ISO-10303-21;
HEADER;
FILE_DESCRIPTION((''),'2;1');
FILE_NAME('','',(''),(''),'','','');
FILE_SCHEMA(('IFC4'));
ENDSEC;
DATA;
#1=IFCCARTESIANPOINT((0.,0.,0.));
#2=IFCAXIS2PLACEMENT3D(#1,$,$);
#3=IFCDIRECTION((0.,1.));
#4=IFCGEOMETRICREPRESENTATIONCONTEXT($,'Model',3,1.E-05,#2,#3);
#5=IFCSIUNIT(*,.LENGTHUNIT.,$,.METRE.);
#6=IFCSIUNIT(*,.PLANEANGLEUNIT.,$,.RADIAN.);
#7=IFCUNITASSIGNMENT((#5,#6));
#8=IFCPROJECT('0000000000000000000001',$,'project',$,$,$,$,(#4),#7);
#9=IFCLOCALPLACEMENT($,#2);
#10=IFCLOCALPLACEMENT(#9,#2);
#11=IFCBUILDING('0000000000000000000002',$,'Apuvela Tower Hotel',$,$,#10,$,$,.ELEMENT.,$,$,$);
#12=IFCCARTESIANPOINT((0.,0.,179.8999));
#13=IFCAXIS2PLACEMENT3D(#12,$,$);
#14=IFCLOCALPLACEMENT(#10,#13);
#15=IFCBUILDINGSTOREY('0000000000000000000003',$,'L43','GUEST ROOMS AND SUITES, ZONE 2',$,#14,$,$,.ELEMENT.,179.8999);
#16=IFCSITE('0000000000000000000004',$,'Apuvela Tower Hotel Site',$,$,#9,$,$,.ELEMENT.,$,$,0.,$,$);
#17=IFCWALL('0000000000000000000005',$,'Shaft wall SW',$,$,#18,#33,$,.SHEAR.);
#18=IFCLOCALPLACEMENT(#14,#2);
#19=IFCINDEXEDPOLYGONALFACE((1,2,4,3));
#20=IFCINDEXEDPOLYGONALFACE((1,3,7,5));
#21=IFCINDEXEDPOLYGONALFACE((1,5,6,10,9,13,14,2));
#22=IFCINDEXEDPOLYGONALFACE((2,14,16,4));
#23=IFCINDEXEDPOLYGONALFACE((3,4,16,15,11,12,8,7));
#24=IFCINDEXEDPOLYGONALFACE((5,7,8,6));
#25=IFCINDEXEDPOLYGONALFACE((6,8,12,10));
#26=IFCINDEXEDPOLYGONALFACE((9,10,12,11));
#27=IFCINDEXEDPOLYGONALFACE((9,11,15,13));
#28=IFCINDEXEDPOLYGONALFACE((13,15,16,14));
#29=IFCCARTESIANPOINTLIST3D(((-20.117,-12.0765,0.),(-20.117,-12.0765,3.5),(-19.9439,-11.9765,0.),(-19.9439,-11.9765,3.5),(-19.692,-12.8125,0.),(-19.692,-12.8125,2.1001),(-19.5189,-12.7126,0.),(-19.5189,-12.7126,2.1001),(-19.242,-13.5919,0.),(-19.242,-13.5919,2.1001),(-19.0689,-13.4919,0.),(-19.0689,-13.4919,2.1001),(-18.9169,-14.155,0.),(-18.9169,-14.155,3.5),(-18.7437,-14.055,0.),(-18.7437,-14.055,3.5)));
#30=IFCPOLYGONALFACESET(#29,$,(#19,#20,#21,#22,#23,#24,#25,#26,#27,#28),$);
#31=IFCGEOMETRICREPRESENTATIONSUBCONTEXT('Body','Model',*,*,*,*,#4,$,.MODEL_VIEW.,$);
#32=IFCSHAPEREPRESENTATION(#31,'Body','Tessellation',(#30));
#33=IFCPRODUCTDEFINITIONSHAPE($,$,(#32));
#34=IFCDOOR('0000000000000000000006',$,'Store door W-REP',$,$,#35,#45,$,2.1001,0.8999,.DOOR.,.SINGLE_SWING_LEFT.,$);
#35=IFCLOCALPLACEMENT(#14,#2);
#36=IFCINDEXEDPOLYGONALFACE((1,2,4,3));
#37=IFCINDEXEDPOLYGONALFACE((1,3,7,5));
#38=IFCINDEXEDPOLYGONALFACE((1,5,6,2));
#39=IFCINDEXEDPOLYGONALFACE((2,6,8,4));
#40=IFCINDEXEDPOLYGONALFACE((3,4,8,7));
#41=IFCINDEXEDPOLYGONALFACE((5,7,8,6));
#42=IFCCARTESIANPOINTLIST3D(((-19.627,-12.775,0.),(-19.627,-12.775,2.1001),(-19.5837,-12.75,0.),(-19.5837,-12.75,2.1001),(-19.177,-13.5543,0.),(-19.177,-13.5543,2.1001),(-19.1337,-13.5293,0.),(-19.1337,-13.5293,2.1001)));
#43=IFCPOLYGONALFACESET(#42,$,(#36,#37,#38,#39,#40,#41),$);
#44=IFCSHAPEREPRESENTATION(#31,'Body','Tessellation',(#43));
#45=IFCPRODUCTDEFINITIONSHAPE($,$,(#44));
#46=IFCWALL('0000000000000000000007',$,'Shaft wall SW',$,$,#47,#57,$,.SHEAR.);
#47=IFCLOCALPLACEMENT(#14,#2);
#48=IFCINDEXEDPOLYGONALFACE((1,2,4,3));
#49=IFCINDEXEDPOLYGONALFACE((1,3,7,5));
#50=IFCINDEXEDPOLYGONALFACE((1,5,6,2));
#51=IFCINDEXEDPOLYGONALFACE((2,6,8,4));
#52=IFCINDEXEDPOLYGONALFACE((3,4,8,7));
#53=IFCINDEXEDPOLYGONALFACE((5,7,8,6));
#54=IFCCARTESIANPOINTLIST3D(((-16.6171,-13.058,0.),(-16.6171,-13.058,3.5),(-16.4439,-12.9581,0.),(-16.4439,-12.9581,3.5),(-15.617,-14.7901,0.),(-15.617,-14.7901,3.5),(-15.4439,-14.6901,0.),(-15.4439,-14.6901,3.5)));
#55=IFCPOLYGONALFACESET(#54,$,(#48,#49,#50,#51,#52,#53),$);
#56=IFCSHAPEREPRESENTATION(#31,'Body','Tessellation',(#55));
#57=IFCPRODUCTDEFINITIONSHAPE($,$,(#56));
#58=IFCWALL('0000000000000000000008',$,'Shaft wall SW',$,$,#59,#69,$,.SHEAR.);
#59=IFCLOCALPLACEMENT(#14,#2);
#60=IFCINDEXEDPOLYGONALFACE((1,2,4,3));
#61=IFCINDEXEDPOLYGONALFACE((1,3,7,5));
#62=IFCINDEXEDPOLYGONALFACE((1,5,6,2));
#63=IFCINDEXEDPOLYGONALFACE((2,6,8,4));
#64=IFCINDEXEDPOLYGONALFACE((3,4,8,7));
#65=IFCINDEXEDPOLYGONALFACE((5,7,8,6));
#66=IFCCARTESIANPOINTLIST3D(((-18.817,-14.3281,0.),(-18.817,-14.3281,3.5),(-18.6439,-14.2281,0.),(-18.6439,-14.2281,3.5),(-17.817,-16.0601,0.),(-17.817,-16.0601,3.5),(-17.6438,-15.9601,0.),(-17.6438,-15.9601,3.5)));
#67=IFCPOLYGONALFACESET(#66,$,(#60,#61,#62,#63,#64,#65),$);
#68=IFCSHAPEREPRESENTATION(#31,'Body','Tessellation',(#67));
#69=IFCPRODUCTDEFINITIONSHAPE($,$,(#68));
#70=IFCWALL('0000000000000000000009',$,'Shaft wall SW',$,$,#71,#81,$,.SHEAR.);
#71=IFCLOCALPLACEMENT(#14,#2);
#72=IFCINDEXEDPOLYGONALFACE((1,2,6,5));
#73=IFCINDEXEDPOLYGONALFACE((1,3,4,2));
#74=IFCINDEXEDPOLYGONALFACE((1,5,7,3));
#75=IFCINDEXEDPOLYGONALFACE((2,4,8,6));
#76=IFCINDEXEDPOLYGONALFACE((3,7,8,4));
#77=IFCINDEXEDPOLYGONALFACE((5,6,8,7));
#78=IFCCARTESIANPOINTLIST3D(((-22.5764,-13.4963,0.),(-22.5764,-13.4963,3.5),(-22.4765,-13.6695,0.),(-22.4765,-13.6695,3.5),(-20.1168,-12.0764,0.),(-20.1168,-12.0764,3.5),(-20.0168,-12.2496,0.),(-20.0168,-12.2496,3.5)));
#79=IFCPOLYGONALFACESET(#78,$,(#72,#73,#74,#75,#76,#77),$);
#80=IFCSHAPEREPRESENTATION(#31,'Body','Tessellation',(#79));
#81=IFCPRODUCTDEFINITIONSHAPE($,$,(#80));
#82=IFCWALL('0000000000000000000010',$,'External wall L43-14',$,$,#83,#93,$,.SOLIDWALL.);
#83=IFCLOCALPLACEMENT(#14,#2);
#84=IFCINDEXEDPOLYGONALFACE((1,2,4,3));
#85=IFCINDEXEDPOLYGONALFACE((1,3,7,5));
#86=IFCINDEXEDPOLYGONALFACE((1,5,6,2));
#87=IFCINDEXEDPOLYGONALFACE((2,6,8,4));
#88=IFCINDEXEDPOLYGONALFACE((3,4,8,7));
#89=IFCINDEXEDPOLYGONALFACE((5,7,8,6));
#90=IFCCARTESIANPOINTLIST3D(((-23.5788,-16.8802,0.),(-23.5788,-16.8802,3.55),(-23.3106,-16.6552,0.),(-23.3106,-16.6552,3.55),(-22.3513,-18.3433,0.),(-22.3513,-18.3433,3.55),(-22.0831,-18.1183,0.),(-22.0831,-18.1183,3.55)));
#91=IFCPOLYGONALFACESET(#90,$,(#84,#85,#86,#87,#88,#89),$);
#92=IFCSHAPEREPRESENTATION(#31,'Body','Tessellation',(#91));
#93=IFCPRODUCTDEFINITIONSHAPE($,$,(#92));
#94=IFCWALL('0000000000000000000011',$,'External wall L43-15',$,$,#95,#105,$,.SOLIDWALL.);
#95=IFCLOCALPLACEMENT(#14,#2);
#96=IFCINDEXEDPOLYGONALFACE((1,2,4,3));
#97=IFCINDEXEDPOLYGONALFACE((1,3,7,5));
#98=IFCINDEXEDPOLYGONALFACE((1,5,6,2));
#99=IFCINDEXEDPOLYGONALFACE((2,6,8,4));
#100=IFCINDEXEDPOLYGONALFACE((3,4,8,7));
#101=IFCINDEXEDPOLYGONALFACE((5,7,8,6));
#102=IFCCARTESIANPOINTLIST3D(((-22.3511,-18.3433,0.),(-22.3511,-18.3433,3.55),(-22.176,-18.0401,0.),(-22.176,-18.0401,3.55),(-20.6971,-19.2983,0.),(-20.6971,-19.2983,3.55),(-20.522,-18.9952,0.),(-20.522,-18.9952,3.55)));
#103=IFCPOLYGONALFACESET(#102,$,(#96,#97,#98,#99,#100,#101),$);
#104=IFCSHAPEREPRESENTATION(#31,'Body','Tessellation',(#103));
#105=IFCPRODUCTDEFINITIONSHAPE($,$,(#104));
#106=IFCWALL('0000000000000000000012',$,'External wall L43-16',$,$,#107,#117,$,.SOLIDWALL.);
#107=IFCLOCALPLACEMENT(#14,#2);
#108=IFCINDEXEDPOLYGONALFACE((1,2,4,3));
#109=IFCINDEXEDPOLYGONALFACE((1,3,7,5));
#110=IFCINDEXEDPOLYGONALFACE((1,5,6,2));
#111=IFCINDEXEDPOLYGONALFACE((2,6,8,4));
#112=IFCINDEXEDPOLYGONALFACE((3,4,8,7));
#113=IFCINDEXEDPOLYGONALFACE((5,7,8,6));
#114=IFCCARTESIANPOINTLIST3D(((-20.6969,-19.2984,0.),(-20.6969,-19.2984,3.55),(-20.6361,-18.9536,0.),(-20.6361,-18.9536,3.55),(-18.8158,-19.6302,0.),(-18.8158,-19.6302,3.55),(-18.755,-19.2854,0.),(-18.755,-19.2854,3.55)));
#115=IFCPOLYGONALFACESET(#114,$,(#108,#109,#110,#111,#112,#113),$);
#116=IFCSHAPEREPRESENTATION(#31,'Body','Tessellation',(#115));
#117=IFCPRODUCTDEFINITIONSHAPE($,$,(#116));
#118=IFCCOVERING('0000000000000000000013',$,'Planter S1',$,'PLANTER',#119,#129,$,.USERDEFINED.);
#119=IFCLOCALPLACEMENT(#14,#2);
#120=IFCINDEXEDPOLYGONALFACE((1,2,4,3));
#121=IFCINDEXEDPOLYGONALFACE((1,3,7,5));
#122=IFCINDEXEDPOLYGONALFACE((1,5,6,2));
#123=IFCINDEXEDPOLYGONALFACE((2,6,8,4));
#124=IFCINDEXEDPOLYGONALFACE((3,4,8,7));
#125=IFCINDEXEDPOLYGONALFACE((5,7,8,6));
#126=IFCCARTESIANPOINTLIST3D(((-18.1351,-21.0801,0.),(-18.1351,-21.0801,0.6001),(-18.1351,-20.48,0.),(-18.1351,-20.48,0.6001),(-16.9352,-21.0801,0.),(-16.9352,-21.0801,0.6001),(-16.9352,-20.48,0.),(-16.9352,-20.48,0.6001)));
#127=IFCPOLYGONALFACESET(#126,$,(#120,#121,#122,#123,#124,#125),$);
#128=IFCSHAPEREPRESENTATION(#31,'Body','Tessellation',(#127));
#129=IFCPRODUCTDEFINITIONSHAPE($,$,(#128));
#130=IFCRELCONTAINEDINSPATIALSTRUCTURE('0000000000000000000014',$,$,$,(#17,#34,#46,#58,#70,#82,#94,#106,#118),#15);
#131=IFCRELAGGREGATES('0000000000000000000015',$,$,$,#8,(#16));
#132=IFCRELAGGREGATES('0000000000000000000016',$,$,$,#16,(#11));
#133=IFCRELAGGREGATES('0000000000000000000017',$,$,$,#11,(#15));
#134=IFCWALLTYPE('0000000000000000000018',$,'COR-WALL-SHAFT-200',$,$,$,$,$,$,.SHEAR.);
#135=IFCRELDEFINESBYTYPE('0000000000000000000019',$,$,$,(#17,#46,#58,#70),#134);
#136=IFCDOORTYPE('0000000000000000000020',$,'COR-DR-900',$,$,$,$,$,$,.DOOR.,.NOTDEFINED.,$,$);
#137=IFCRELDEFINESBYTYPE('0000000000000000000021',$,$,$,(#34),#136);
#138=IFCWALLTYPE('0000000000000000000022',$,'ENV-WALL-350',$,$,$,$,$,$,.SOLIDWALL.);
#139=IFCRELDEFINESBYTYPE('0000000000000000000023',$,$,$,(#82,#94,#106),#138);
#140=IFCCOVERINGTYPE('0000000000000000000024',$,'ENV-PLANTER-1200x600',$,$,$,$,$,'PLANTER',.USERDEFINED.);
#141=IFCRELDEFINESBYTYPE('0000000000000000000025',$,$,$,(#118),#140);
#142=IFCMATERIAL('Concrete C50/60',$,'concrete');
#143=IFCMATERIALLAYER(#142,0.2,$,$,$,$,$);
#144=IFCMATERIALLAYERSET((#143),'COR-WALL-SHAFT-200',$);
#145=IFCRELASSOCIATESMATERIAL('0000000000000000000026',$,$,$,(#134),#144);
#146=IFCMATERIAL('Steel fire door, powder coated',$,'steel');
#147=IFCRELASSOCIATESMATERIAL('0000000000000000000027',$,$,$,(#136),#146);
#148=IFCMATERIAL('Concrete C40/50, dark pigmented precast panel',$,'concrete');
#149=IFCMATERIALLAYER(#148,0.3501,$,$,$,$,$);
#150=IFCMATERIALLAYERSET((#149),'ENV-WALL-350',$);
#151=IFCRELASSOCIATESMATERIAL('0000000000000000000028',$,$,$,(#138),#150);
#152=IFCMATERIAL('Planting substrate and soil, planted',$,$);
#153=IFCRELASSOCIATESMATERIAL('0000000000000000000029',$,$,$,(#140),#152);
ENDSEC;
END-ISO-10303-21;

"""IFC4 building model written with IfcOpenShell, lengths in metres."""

from ifc_helpers import new_model, si_unit, direction, frame, frame_2d, origin, origin_2d, place, context, subcontext, project, spatial, rectangle, extrude, material, layer, layer_set, type_object, element, fill, save


model = new_model("IFC4")

# Units and contexts
model_context = context("Model", 3, precision=1e-05, world=origin(), true_north=direction((0.0, 1.0)))
body_context = subcontext(model_context, "Body", "Model", "MODEL_VIEW")
ifc_project = project(units=[si_unit("LENGTHUNIT", "METRE"), si_unit("PLANEANGLEUNIT", "RADIAN")], contexts=[model_context])

# Site, building, storey
site_placement = place(None, origin())
site = spatial("IfcSite", under=ifc_project, at=site_placement, Name="Apuvela Tower Hotel Site", CompositionType="ELEMENT", RefElevation=0.0)
building_placement = place(site_placement, origin())
building = spatial("IfcBuilding", under=site, at=building_placement, Name="Apuvela Tower Hotel", CompositionType="ELEMENT")
storey_placement = place(building_placement, frame((0.0, 0.0, 179.8999)))
storey = spatial("IfcBuildingStorey", under=building, at=storey_placement, Name="L43", Description="GUEST ROOMS AND SUITES, ZONE 2", CompositionType="ELEMENT", Elevation=179.8999)

# Wall, opening, door
ifc_material_1 = material(Name="Concrete C50/60", Category="concrete")
ifc_layer_1 = layer(ifc_material_1, 0.2)
ifc_layer_set_1 = layer_set([ifc_layer_1], Name="COR-WALL-SHAFT-200")
wall_type_1 = type_object("IfcWallType", Name="COR-WALL-SHAFT-200", PredefinedType="SHEAR", material=ifc_layer_set_1)
wall_1_placement = place(storey_placement, frame((-20.0305, -12.0264, 0.0), z_axis=(0.0, 0.0, 1.0), x_axis=(0.500034, -0.866006, 0.0)))
wall_1 = element("IfcWall", 1, at=wall_1_placement, inside=storey, type_object=wall_type_1, Name="Shaft wall SW", PredefinedType="SHEAR", context=body_context, shape_type="SweptSolid", body=[
    extrude(rectangle(XDim=2.4001, YDim=0.2, at=frame_2d((1.2002, 0.0))), origin(), (0.0, 0.0, 1.0), 3.5),
])
opening_1_placement = place(wall_1_placement, frame((0.8501, 0.0, 0.0)))
opening_1 = element("IfcOpeningElement", 2, at=opening_1_placement, cuts=wall_1, PredefinedType="OPENING", context=body_context, shape_type="SweptSolid", body=[
    extrude(rectangle(XDim=0.8999, YDim=2.1001, at=frame_2d((0.45, 1.05))), frame((0.0, 0.1099, 0.0), z_axis=(0.0, -1.0, 0.0), x_axis=(1.0, 0.0, 0.0)), (0.0, 0.0, 1.0), 0.22),
])
ifc_material_2 = material(Name="Steel fire door, powder coated", Category="steel")
door_type_1 = type_object("IfcDoorType", Name="COR-DR-900", OperationType="NOTDEFINED", PredefinedType="DOOR", material=ifc_material_2)
door_1_placement = place(opening_1_placement, frame((0.8999, 0.0, 0.0), z_axis=(0.0, 0.0, 1.0), x_axis=(-1.0, 0.0, 0.0)))
door_1 = element("IfcDoor", 3, at=door_1_placement, inside=storey, type_object=door_type_1, Name="Store door W-REP", OperationType="SINGLE_SWING_LEFT", OverallHeight=2.1001, OverallWidth=0.8999, PredefinedType="DOOR", context=body_context, shape_type="SweptSolid", body=[
    extrude(rectangle(XDim=0.8999, YDim=2.1001, at=frame_2d((0.45, 1.05))), frame((0.0, 0.0249, 0.0), z_axis=(0.0, -1.0, 0.0), x_axis=(1.0, 0.0, 0.0)), (0.0, 0.0, 1.0), 0.05),
])
fill(opening_1, door_1)

# Walls
for number, where, z_axis, x_axis, name in (
    (4, (-16.5305, -13.0081, 0.0), (0.0, 0.0, 1.0), (0.500025, -0.866011, 0.0), "Shaft wall SW"),
    (5, (-18.7305, -14.2781, 0.0), (0.0, 0.0, 1.0), (0.500025, -0.866011, 0.0), "Shaft wall SW"),
):
    element("IfcWall", number, at=place(storey_placement, frame(where, z_axis=z_axis, x_axis=x_axis)), inside=storey, type_object=wall_type_1, Name=name, PredefinedType="SHEAR", context=body_context, shape_type="SweptSolid", body=[
        extrude(rectangle(XDim=2.0, YDim=0.2, at=frame_2d((1.0, 0.0))), origin(), (0.0, 0.0, 1.0), 3.5),
    ])
wall_2_placement = place(storey_placement, frame((-20.0669, -12.1631, 0.0), z_axis=(0.0, 0.0, 1.0), x_axis=(-0.866055, -0.499948, 0.0)))
element("IfcWall", 6, at=wall_2_placement, inside=storey, type_object=wall_type_1, Name="Shaft wall SW", PredefinedType="SHEAR", context=body_context, shape_type="SweptSolid", body=[
    extrude(rectangle(XDim=2.8401, YDim=0.2, at=frame_2d((1.4199, 0.0))), origin(), (0.0, 0.0, 1.0), 3.5),
])
ifc_material_3 = material(Name="Concrete C40/50, dark pigmented precast panel", Category="concrete")
ifc_layer_2 = layer(ifc_material_3, 0.3501)
ifc_layer_set_2 = layer_set([ifc_layer_2], Name="ENV-WALL-350")
wall_type_2 = type_object("IfcWallType", Name="ENV-WALL-350", PredefinedType="SOLIDWALL", material=ifc_layer_set_2)
for number, where, z_axis, x_axis, name in (
    (7, (-23.4448, -16.7676, 0.0), (0.0, 0.0, 1.0), (0.642733, -0.76609, 0.0), "External wall L43-14"),
    (8, (-22.2637, -18.1917, 0.0), (0.0, 0.0, 1.0), (0.866, -0.500043, 0.0), "External wall L43-15"),
):
    element("IfcWall", number, at=place(storey_placement, frame(where, z_axis=z_axis, x_axis=x_axis)), inside=storey, type_object=wall_type_2, Name=name, PredefinedType="SOLIDWALL", context=body_context, shape_type="SweptSolid", body=[
        extrude(rectangle(XDim=1.9099, YDim=0.3501, at=frame_2d((0.9551, 0.0))), origin(), (0.0, 0.0, 1.0), 3.55),
    ])
wall_3_placement = place(storey_placement, frame((-20.6665, -19.126, 0.0), z_axis=(0.0, 0.0, 1.0), x_axis=(0.984799, -0.173698, 0.0)))
element("IfcWall", 9, at=wall_3_placement, inside=storey, type_object=wall_type_2, Name="External wall L43-16", PredefinedType="SOLIDWALL", context=body_context, shape_type="SweptSolid", body=[
    extrude(rectangle(XDim=1.9102, YDim=0.3501, at=frame_2d((0.9551, 0.0))), origin(), (0.0, 0.0, 1.0), 3.55),
])

# Covering
ifc_material_4 = material(Name="Planting substrate and soil, planted")
covering_type = type_object("IfcCoveringType", Name="ENV-PLANTER-1200x600", ElementType="PLANTER", PredefinedType="USERDEFINED", material=ifc_material_4)
covering_placement = place(storey_placement, frame((-17.5352, -20.78, 0.0), z_axis=(0.0, 0.0, 1.0), x_axis=(1.0, 0.0, 0.0)))
element("IfcCovering", 10, at=covering_placement, inside=storey, type_object=covering_type, Name="Planter S1", ObjectType="PLANTER", PredefinedType="USERDEFINED", context=body_context, shape_type="SweptSolid", body=[
    extrude(rectangle(XDim=1.2, YDim=0.6001, at=origin_2d()), origin(), (0.0, 0.0, 1.0), 0.6001),
])

save(model, "model.ifc")
